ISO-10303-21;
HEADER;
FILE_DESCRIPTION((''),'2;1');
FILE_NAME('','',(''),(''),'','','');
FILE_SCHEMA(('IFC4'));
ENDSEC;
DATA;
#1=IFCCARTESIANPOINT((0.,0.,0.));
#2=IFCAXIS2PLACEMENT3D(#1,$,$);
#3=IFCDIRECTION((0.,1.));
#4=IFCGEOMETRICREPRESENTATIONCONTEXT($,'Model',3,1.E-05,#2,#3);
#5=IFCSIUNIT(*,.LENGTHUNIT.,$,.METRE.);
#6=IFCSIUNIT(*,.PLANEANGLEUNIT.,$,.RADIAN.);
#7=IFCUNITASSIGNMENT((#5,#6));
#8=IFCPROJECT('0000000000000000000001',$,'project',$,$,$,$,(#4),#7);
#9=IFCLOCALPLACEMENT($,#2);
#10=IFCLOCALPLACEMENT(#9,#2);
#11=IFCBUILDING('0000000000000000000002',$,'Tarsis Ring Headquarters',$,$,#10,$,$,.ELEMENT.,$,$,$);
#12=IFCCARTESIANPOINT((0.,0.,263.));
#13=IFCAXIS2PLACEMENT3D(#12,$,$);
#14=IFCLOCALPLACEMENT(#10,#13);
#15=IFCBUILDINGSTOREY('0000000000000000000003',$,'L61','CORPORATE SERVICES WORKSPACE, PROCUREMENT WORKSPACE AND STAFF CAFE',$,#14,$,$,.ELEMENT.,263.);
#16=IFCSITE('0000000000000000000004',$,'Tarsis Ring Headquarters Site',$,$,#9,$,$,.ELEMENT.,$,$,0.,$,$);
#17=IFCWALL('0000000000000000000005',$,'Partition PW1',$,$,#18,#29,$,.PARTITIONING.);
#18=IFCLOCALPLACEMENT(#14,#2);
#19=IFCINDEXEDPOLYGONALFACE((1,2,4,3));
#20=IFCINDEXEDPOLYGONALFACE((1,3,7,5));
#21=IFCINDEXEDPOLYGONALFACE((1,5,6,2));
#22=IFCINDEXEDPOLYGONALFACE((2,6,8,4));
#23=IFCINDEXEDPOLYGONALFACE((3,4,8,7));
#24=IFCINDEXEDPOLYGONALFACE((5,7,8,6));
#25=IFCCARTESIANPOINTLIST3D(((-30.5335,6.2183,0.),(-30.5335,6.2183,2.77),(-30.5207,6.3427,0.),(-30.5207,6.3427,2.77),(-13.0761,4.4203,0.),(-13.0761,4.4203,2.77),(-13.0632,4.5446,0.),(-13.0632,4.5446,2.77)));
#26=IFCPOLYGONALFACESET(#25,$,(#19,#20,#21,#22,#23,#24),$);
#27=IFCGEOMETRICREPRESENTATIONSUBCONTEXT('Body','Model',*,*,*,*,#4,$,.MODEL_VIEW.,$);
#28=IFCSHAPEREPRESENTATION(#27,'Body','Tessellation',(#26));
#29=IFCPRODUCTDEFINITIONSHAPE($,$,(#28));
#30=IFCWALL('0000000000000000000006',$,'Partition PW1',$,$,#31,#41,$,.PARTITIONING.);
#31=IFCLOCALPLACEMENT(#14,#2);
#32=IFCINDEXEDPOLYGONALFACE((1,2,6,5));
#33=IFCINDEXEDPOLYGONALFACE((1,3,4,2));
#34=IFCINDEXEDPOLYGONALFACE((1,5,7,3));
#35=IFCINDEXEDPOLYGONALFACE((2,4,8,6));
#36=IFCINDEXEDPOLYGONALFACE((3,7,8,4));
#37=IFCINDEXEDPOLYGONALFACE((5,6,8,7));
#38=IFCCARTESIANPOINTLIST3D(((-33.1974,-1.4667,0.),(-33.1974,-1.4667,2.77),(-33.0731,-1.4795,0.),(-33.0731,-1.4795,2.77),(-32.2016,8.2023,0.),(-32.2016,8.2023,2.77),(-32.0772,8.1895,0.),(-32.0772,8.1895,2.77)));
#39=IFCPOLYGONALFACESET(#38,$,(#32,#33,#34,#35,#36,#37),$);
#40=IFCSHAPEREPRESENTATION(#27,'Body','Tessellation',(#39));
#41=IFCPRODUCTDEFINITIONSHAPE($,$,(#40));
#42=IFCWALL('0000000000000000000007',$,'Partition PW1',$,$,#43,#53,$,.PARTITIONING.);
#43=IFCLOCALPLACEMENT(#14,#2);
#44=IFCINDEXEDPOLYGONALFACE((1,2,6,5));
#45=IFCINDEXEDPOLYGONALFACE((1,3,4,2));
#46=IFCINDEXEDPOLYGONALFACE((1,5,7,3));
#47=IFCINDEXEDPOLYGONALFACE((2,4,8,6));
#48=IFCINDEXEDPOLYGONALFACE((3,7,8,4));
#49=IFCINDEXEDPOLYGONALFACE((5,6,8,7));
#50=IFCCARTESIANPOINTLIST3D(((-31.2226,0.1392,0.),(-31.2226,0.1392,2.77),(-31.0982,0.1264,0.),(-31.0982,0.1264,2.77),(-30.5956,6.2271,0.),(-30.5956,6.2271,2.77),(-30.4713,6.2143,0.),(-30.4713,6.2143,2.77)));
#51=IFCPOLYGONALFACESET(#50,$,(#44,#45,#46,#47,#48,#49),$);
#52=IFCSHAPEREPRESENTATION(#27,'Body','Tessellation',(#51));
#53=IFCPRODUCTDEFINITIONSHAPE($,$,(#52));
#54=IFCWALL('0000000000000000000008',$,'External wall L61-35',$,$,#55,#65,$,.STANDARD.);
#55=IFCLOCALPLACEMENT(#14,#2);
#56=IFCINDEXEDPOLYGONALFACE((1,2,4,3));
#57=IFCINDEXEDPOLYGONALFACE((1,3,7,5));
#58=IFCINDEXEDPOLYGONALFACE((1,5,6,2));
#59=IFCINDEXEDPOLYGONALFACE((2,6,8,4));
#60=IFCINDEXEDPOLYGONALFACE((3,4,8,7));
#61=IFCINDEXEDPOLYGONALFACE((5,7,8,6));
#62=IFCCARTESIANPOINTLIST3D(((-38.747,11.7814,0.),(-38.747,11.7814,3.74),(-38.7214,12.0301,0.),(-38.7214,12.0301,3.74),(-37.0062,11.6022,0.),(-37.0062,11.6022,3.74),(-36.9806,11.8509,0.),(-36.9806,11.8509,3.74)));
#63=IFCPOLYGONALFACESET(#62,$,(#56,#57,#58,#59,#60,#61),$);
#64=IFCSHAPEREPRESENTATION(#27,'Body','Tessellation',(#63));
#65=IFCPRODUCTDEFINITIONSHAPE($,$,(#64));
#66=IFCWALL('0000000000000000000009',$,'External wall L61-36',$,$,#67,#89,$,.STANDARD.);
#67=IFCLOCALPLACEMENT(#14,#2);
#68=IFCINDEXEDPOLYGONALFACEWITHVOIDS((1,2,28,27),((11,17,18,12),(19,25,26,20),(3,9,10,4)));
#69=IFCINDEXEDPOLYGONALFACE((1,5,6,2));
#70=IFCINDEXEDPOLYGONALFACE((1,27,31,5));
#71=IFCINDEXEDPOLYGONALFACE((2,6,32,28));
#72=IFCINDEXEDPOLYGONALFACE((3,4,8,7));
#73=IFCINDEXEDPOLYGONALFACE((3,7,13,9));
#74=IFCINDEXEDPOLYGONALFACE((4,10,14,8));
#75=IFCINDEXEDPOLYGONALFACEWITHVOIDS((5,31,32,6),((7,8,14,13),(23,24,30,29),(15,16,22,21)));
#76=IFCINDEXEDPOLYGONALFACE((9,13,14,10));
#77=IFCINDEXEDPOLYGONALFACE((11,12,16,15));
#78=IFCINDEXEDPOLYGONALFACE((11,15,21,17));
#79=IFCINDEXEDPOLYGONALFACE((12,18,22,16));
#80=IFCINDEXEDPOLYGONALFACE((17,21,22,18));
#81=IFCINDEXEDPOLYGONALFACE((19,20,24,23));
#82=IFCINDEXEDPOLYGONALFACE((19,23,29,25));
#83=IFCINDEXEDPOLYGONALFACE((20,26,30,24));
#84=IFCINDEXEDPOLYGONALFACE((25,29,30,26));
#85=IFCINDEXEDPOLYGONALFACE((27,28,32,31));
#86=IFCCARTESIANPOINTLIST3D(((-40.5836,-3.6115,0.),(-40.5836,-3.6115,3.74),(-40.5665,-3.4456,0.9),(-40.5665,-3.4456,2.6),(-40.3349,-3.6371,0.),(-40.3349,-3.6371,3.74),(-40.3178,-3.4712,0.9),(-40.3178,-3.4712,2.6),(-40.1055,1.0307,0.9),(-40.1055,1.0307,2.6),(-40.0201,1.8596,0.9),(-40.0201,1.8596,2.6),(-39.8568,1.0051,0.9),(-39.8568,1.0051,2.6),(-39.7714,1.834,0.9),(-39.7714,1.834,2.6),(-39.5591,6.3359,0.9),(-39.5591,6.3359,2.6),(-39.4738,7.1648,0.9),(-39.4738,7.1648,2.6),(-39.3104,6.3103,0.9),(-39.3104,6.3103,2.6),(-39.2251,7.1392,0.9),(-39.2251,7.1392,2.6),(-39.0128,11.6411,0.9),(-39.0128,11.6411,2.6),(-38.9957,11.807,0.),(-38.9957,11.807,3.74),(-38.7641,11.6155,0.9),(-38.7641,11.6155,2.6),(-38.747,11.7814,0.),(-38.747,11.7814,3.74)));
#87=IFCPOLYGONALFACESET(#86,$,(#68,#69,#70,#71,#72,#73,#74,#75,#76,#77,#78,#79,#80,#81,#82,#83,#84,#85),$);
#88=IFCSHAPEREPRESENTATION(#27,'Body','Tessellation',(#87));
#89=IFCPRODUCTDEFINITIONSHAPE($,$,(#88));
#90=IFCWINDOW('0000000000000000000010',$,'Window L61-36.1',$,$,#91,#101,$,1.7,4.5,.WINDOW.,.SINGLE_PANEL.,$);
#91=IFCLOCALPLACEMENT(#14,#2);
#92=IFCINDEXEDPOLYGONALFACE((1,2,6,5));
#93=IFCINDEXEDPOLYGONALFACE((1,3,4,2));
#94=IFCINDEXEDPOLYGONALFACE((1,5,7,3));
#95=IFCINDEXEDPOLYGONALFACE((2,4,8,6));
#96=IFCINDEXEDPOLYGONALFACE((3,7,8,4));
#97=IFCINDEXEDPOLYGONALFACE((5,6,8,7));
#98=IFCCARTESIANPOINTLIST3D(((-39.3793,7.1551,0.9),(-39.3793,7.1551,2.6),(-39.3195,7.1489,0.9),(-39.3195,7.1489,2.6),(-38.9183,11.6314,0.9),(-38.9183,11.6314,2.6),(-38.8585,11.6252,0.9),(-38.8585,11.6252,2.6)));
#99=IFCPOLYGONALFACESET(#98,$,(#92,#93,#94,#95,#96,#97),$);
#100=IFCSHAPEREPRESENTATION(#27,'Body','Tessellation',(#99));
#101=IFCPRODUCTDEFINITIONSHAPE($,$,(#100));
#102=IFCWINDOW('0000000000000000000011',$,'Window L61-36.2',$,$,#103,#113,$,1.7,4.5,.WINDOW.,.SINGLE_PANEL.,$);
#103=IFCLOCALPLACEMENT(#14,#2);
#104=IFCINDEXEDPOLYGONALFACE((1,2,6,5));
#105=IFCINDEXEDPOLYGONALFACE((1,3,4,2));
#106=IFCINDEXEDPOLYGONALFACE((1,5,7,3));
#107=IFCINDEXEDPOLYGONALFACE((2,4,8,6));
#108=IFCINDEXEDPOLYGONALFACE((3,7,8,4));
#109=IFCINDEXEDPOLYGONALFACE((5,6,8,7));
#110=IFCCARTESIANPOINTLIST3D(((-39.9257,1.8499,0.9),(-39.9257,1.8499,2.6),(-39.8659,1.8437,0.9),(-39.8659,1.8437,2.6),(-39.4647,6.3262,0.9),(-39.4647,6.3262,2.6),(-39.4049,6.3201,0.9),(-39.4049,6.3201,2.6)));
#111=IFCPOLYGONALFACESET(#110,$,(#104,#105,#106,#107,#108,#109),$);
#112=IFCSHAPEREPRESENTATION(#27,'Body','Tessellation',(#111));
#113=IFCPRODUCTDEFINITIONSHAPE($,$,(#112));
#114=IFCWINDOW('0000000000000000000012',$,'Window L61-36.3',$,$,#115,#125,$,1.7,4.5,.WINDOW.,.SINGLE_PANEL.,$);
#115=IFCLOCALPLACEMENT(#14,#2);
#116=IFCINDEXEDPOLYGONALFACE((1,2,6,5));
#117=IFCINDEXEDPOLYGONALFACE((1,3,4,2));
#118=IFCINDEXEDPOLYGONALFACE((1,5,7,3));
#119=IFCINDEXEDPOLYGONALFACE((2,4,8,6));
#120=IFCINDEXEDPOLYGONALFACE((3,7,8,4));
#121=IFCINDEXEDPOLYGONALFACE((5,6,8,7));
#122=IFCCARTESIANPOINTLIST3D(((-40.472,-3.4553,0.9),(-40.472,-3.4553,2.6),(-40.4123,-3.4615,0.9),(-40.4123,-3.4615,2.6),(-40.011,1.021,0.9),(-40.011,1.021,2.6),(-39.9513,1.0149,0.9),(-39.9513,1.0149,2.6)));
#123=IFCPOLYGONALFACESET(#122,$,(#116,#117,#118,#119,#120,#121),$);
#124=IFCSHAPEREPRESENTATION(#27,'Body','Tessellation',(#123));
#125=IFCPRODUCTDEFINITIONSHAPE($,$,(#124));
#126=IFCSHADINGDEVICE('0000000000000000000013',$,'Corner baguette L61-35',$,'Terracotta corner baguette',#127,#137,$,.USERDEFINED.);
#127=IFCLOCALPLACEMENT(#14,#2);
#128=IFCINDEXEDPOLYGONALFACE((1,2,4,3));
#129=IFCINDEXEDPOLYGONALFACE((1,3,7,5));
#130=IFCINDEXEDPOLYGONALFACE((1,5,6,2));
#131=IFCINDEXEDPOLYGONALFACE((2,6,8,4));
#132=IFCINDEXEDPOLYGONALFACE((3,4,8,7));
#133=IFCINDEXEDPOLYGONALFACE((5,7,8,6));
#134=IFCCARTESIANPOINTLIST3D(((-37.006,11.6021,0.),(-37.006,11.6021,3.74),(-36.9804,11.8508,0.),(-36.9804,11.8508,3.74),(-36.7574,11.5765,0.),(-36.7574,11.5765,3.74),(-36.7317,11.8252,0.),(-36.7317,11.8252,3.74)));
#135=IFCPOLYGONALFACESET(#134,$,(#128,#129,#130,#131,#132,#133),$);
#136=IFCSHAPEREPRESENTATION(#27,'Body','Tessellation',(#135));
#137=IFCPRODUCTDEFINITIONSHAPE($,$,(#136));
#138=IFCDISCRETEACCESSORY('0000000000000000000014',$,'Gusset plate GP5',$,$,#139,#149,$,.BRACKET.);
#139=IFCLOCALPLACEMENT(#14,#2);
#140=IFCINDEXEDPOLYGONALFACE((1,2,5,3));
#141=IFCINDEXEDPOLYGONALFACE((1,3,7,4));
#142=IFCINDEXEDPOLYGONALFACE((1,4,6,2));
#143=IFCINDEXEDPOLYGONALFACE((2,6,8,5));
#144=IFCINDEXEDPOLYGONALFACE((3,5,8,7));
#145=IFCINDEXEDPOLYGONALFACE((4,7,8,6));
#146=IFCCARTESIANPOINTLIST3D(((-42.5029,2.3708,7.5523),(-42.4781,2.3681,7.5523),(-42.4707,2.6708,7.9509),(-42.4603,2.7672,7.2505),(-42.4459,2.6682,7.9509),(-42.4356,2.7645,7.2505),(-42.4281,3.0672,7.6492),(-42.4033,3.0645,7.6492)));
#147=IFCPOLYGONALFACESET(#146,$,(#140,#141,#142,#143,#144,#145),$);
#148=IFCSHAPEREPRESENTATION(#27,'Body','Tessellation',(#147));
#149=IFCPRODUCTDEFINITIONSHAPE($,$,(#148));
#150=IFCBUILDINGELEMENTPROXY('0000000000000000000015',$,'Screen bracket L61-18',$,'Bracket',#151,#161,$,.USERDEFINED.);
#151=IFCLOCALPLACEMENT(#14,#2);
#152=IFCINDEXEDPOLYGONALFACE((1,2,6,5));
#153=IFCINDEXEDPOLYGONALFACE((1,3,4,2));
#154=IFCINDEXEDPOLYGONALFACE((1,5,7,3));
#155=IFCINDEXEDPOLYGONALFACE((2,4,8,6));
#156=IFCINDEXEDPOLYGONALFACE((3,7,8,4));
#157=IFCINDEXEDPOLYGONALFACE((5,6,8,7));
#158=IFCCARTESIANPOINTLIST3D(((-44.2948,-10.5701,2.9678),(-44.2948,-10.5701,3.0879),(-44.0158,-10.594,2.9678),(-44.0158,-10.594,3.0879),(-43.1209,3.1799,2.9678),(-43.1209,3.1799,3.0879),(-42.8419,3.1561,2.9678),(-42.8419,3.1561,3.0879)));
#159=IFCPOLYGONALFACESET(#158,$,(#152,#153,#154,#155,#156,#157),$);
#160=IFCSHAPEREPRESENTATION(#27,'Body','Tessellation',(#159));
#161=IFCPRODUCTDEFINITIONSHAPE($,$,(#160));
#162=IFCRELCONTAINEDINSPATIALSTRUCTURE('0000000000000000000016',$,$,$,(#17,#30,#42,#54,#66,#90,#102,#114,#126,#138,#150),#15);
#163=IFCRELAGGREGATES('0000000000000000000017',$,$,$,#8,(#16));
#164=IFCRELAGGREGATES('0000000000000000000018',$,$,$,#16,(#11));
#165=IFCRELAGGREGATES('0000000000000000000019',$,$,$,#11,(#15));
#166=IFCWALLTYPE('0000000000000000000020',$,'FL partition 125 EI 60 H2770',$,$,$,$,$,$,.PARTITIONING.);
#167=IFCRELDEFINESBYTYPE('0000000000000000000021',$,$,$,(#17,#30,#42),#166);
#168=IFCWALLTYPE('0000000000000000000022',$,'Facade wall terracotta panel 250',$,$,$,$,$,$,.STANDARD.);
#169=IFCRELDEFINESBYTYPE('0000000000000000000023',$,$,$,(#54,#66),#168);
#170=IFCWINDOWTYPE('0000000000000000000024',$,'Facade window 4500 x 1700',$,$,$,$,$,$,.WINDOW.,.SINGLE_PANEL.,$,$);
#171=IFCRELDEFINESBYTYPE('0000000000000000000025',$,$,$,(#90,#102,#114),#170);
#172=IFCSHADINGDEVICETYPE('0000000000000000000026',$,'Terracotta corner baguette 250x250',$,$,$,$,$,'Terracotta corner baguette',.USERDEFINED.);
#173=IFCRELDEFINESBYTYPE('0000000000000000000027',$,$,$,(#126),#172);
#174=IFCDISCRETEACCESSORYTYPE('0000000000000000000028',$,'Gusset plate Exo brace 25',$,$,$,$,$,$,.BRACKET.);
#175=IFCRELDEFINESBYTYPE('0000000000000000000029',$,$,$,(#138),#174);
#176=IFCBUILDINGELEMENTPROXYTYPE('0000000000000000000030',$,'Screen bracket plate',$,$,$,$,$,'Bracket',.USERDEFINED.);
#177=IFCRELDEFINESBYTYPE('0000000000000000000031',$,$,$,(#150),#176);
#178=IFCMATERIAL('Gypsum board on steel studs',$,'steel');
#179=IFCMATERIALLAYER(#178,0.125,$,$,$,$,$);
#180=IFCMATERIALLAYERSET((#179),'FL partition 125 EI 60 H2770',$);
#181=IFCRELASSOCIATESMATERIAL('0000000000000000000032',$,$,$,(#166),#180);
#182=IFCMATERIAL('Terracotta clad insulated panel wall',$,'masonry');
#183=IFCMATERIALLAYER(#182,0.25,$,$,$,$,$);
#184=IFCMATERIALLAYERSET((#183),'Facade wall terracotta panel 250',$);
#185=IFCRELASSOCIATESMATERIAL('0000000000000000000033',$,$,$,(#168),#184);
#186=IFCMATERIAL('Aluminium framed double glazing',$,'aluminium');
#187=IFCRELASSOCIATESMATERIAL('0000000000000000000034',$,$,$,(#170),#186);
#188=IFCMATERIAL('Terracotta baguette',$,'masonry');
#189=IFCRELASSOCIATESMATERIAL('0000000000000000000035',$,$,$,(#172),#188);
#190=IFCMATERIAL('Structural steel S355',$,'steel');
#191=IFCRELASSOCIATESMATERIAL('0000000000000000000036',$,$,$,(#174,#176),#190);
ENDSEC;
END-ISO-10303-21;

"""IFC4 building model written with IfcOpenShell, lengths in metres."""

from ifc_helpers import new_model, si_unit, direction, frame, frame_2d, origin, origin_2d, place, context, subcontext, project, spatial, rectangle, extrude, material, layer, layer_set, material_profile, profile_set, type_object, element, fill, save


model = new_model("IFC4")

# Units and contexts
model_context = context("Model", 3, precision=1e-05, world=origin(), true_north=direction((0.0, 1.0)))
body_context = subcontext(model_context, "Body", "Model", "MODEL_VIEW")
ifc_project = project(units=[si_unit("LENGTHUNIT", "METRE"), si_unit("PLANEANGLEUNIT", "RADIAN")], contexts=[model_context])

# Site, building, storey
site_placement = place(None, origin())
site = spatial("IfcSite", under=ifc_project, at=site_placement, Name="Tarsis Ring Headquarters Site", CompositionType="ELEMENT", RefElevation=0.0)
building_placement = place(site_placement, origin())
building = spatial("IfcBuilding", under=site, at=building_placement, Name="Tarsis Ring Headquarters", CompositionType="ELEMENT")
storey_placement = place(building_placement, frame((0.0, 0.0, 263.0)))
storey = spatial("IfcBuildingStorey", under=building, at=storey_placement, Name="L61", Description="CORPORATE SERVICES WORKSPACE, PROCUREMENT WORKSPACE AND STAFF CAFE", CompositionType="ELEMENT", Elevation=263.0)

# Shared definitions
ifc_material_1 = material(Name="Structural steel S355", Category="steel")

# Shared definitions
ifc_material_2 = material(Name="Gypsum board on steel studs", Category="steel")

# Shared definitions
ifc_layer_1 = layer(ifc_material_2, 0.125)
ifc_layer_set_1 = layer_set([ifc_layer_1], Name="FL partition 125 EI 60 H2770")
wall_type_1 = type_object("IfcWallType", Name="FL partition 125 EI 60 H2770", PredefinedType="PARTITIONING", material=ifc_layer_set_1)

# Walls
wall_1_placement = place(storey_placement, frame((-30.5271, 6.2805, 0.0), z_axis=(0.0, 0.0, 1.0), x_axis=(0.994738, -0.102456, 0.0)))
element("IfcWall", 1, at=wall_1_placement, inside=storey, type_object=wall_type_1, Name="Partition PW1", PredefinedType="PARTITIONING", context=body_context, shape_type="SweptSolid", body=[
    extrude(rectangle(XDim=17.5498, YDim=0.125, at=frame_2d((8.7749, 0.0))), origin(), (0.0, 0.0, 1.0), 2.77),
])
wall_2_placement = place(storey_placement, frame((-33.1353, -1.4731, 0.0), z_axis=(0.0, 0.0, 1.0), x_axis=(0.102453, 0.994738, 0.0)))
element("IfcWall", 2, at=wall_2_placement, inside=storey, type_object=wall_type_1, Name="Partition PW1", PredefinedType="PARTITIONING", context=body_context, shape_type="SweptSolid", body=[
    extrude(rectangle(XDim=9.7202, YDim=0.125, at=frame_2d((4.8601, 0.0))), origin(), (0.0, 0.0, 1.0), 2.77),
])
wall_3_placement = place(storey_placement, frame((-31.1604, 0.1328, 0.0), z_axis=(0.0, 0.0, 1.0), x_axis=(0.102442, 0.994739, 0.0)))
element("IfcWall", 3, at=wall_3_placement, inside=storey, type_object=wall_type_1, Name="Partition PW1", PredefinedType="PARTITIONING", context=body_context, shape_type="SweptSolid", body=[
    extrude(rectangle(XDim=6.1201, YDim=0.125, at=frame_2d((3.0601, 0.0))), origin(), (0.0, 0.0, 1.0), 2.77),
])
ifc_material_3 = material(Name="Terracotta clad insulated panel wall", Category="masonry")
ifc_layer_2 = layer(ifc_material_3, 0.25)
ifc_layer_set_2 = layer_set([ifc_layer_2], Name="Facade wall terracotta panel 250")
wall_type_2 = type_object("IfcWallType", Name="Facade wall terracotta panel 250", PredefinedType="STANDARD", material=ifc_layer_set_2)
wall_4_placement = place(storey_placement, frame((-36.9934, 11.7266, 0.0), z_axis=(0.0, 0.0, 1.0), x_axis=(-0.994743, 0.102404, 0.0)))
element("IfcWall", 4, at=wall_4_placement, inside=storey, type_object=wall_type_2, Name="External wall L61-35", PredefinedType="STANDARD", context=body_context, shape_type="SweptSolid", body=[
    extrude(rectangle(XDim=1.75, YDim=0.25, at=frame_2d((0.875, 0.0))), origin(), (0.0, 0.0, 1.0), 3.74),
])

# Wall, openings, windows
wall_5_placement = place(storey_placement, frame((-38.8713, 11.7942, 0.0), z_axis=(0.0, 0.0, 1.0), x_axis=(-0.102445, -0.994739, 0.0)))
wall_5 = element("IfcWall", 5, at=wall_5_placement, inside=storey, type_object=wall_type_2, Name="External wall L61-36", PredefinedType="STANDARD", context=body_context, shape_type="SweptSolid", body=[
    extrude(rectangle(XDim=15.5, YDim=0.25, at=frame_2d((7.75, 0.0))), origin(), (0.0, 0.0, 1.0), 3.74),
])
opening_1_placement = place(wall_5_placement, frame((0.1667, 0.0, 0.8999)))
opening_1 = element("IfcOpeningElement", 6, at=opening_1_placement, cuts=wall_5, PredefinedType="OPENING", context=body_context, shape_type="SweptSolid", body=[
    extrude(rectangle(XDim=4.5, YDim=1.7, at=frame_2d((2.25, 0.8501))), frame((0.0, 0.135, 0.0), z_axis=(0.0, -1.0, 0.0), x_axis=(1.0, 0.0, 0.0)), (0.0, 0.0, 1.0), 0.27),
])
opening_2_placement = place(wall_5_placement, frame((5.5, 0.0, 0.8999)))
opening_2 = element("IfcOpeningElement", 7, at=opening_2_placement, cuts=wall_5, PredefinedType="OPENING", context=body_context, shape_type="SweptSolid", body=[
    extrude(rectangle(XDim=4.5, YDim=1.7, at=frame_2d((2.25, 0.8501))), frame((0.0, 0.135, 0.0), z_axis=(0.0, -1.0, 0.0), x_axis=(1.0, 0.0, 0.0)), (0.0, 0.0, 1.0), 0.27),
])
opening_3_placement = place(wall_5_placement, frame((10.8333, 0.0, 0.8999)))
opening_3 = element("IfcOpeningElement", 8, at=opening_3_placement, cuts=wall_5, PredefinedType="OPENING", context=body_context, shape_type="SweptSolid", body=[
    extrude(rectangle(XDim=4.5, YDim=1.7, at=frame_2d((2.25, 0.8501))), frame((0.0, 0.135, 0.0), z_axis=(0.0, -1.0, 0.0), x_axis=(1.0, 0.0, 0.0)), (0.0, 0.0, 1.0), 0.27),
])
ifc_material_4 = material(Name="Aluminium framed double glazing", Category="aluminium")
window_type = type_object("IfcWindowType", Name="Facade window 4500 x 1700", PartitioningType="SINGLE_PANEL", PredefinedType="WINDOW", material=ifc_material_4)
window_1_placement = place(opening_1_placement, origin())
window_1 = element("IfcWindow", 9, at=window_1_placement, inside=storey, type_object=window_type, Name="Window L61-36.1", OverallHeight=1.7, OverallWidth=4.5, PartitioningType="SINGLE_PANEL", PredefinedType="WINDOW", context=body_context, shape_type="SweptSolid", body=[
    extrude(rectangle(XDim=4.5, YDim=1.7, at=frame_2d((2.25, 0.8501))), frame((0.0, 0.03, 0.0), z_axis=(0.0, -1.0, 0.0), x_axis=(1.0, 0.0, 0.0)), (0.0, 0.0, 1.0), 0.0601),
])
fill(opening_1, window_1)
window_2_placement = place(opening_2_placement, origin())
window_2 = element("IfcWindow", 10, at=window_2_placement, inside=storey, type_object=window_type, Name="Window L61-36.2", OverallHeight=1.7, OverallWidth=4.5, PartitioningType="SINGLE_PANEL", PredefinedType="WINDOW", context=body_context, shape_type="SweptSolid", body=[
    extrude(rectangle(XDim=4.5, YDim=1.7, at=frame_2d((2.25, 0.8501))), frame((0.0, 0.03, 0.0), z_axis=(0.0, -1.0, 0.0), x_axis=(1.0, 0.0, 0.0)), (0.0, 0.0, 1.0), 0.0601),
])
fill(opening_2, window_2)
window_3_placement = place(opening_3_placement, origin())
window_3 = element("IfcWindow", 11, at=window_3_placement, inside=storey, type_object=window_type, Name="Window L61-36.3", OverallHeight=1.7, OverallWidth=4.5, PartitioningType="SINGLE_PANEL", PredefinedType="WINDOW", context=body_context, shape_type="SweptSolid", body=[
    extrude(rectangle(XDim=4.5, YDim=1.7, at=frame_2d((2.25, 0.8501))), frame((0.0, 0.03, 0.0), z_axis=(0.0, -1.0, 0.0), x_axis=(1.0, 0.0, 0.0)), (0.0, 0.0, 1.0), 0.0601),
])
fill(opening_3, window_3)

# Shading device
ifc_material_5 = material(Name="Terracotta baguette", Category="masonry")
shading_device_type_1 = type_object("IfcShadingDeviceType", Name="Terracotta corner baguette 250x250", ElementType="Terracotta corner baguette", PredefinedType="USERDEFINED", material=ifc_material_5)
shading_device_1_placement = place(storey_placement, frame((-36.8689, 11.7136, 0.0), z_axis=(0.0, 0.0, 1.0), x_axis=(-0.102445, -0.994739, 0.0)))
element("IfcShadingDevice", 12, at=shading_device_1_placement, inside=storey, type_object=shading_device_type_1, Name="Corner baguette L61-35", ObjectType="Terracotta corner baguette", PredefinedType="USERDEFINED", context=body_context, shape_type="SweptSolid", body=[
    extrude(rectangle(XDim=0.25, YDim=0.25, at=origin_2d()), origin(), (0.0, 0.0, 1.0), 3.74),
])

# Discrete accessory
ifc_material_profile_1 = material_profile(ifc_material_1, rectangle(XDim=0.0249, YDim=0.5, at=origin_2d()), Name="PL 25x500")
ifc_profile_set_1 = profile_set([ifc_material_profile_1], Name="Structural steel S355")
discrete_accessory_type = type_object("IfcDiscreteAccessoryType", Name="Gusset plate Exo brace 25", PredefinedType="BRACKET", material=ifc_profile_set_1)
discrete_accessory_placement = place(storey_placement, frame((-42.437, 2.8677, 7.8), z_axis=(-0.064451, -0.60008, -0.79734), x_axis=(0.994282, -0.10679, 0.0)))
element("IfcDiscreteAccessory", 13, at=discrete_accessory_placement, inside=storey, type_object=discrete_accessory_type, Name="Gusset plate GP5", PredefinedType="BRACKET", context=body_context, shape_type="SweptSolid", body=[
    extrude(rectangle(XDim=0.0249, YDim=0.5, at=origin_2d()), origin(), (0.0, 0.0, 1.0), 0.5),
])

# Building element proxy
building_element_proxy_type = type_object("IfcBuildingElementProxyType", Name="Screen bracket plate", ElementType="Bracket", PredefinedType="USERDEFINED", material=ifc_material_1)
proxy_placement = place(storey_placement, frame((-43.5684, -3.707, 2.9678), z_axis=(0.0, 0.0, 1.0), x_axis=(-0.085069, -0.996375, 0.0)))
element("IfcBuildingElementProxy", 14, at=proxy_placement, inside=storey, type_object=building_element_proxy_type, Name="Screen bracket L61-18", ObjectType="Bracket", PredefinedType="USERDEFINED", context=body_context, shape_type="SweptSolid", body=[
    extrude(rectangle(XDim=13.8, YDim=0.28, at=origin_2d()), origin(), (0.0, 0.0, 1.0), 0.1201),
])

save(model, "model.ifc")
